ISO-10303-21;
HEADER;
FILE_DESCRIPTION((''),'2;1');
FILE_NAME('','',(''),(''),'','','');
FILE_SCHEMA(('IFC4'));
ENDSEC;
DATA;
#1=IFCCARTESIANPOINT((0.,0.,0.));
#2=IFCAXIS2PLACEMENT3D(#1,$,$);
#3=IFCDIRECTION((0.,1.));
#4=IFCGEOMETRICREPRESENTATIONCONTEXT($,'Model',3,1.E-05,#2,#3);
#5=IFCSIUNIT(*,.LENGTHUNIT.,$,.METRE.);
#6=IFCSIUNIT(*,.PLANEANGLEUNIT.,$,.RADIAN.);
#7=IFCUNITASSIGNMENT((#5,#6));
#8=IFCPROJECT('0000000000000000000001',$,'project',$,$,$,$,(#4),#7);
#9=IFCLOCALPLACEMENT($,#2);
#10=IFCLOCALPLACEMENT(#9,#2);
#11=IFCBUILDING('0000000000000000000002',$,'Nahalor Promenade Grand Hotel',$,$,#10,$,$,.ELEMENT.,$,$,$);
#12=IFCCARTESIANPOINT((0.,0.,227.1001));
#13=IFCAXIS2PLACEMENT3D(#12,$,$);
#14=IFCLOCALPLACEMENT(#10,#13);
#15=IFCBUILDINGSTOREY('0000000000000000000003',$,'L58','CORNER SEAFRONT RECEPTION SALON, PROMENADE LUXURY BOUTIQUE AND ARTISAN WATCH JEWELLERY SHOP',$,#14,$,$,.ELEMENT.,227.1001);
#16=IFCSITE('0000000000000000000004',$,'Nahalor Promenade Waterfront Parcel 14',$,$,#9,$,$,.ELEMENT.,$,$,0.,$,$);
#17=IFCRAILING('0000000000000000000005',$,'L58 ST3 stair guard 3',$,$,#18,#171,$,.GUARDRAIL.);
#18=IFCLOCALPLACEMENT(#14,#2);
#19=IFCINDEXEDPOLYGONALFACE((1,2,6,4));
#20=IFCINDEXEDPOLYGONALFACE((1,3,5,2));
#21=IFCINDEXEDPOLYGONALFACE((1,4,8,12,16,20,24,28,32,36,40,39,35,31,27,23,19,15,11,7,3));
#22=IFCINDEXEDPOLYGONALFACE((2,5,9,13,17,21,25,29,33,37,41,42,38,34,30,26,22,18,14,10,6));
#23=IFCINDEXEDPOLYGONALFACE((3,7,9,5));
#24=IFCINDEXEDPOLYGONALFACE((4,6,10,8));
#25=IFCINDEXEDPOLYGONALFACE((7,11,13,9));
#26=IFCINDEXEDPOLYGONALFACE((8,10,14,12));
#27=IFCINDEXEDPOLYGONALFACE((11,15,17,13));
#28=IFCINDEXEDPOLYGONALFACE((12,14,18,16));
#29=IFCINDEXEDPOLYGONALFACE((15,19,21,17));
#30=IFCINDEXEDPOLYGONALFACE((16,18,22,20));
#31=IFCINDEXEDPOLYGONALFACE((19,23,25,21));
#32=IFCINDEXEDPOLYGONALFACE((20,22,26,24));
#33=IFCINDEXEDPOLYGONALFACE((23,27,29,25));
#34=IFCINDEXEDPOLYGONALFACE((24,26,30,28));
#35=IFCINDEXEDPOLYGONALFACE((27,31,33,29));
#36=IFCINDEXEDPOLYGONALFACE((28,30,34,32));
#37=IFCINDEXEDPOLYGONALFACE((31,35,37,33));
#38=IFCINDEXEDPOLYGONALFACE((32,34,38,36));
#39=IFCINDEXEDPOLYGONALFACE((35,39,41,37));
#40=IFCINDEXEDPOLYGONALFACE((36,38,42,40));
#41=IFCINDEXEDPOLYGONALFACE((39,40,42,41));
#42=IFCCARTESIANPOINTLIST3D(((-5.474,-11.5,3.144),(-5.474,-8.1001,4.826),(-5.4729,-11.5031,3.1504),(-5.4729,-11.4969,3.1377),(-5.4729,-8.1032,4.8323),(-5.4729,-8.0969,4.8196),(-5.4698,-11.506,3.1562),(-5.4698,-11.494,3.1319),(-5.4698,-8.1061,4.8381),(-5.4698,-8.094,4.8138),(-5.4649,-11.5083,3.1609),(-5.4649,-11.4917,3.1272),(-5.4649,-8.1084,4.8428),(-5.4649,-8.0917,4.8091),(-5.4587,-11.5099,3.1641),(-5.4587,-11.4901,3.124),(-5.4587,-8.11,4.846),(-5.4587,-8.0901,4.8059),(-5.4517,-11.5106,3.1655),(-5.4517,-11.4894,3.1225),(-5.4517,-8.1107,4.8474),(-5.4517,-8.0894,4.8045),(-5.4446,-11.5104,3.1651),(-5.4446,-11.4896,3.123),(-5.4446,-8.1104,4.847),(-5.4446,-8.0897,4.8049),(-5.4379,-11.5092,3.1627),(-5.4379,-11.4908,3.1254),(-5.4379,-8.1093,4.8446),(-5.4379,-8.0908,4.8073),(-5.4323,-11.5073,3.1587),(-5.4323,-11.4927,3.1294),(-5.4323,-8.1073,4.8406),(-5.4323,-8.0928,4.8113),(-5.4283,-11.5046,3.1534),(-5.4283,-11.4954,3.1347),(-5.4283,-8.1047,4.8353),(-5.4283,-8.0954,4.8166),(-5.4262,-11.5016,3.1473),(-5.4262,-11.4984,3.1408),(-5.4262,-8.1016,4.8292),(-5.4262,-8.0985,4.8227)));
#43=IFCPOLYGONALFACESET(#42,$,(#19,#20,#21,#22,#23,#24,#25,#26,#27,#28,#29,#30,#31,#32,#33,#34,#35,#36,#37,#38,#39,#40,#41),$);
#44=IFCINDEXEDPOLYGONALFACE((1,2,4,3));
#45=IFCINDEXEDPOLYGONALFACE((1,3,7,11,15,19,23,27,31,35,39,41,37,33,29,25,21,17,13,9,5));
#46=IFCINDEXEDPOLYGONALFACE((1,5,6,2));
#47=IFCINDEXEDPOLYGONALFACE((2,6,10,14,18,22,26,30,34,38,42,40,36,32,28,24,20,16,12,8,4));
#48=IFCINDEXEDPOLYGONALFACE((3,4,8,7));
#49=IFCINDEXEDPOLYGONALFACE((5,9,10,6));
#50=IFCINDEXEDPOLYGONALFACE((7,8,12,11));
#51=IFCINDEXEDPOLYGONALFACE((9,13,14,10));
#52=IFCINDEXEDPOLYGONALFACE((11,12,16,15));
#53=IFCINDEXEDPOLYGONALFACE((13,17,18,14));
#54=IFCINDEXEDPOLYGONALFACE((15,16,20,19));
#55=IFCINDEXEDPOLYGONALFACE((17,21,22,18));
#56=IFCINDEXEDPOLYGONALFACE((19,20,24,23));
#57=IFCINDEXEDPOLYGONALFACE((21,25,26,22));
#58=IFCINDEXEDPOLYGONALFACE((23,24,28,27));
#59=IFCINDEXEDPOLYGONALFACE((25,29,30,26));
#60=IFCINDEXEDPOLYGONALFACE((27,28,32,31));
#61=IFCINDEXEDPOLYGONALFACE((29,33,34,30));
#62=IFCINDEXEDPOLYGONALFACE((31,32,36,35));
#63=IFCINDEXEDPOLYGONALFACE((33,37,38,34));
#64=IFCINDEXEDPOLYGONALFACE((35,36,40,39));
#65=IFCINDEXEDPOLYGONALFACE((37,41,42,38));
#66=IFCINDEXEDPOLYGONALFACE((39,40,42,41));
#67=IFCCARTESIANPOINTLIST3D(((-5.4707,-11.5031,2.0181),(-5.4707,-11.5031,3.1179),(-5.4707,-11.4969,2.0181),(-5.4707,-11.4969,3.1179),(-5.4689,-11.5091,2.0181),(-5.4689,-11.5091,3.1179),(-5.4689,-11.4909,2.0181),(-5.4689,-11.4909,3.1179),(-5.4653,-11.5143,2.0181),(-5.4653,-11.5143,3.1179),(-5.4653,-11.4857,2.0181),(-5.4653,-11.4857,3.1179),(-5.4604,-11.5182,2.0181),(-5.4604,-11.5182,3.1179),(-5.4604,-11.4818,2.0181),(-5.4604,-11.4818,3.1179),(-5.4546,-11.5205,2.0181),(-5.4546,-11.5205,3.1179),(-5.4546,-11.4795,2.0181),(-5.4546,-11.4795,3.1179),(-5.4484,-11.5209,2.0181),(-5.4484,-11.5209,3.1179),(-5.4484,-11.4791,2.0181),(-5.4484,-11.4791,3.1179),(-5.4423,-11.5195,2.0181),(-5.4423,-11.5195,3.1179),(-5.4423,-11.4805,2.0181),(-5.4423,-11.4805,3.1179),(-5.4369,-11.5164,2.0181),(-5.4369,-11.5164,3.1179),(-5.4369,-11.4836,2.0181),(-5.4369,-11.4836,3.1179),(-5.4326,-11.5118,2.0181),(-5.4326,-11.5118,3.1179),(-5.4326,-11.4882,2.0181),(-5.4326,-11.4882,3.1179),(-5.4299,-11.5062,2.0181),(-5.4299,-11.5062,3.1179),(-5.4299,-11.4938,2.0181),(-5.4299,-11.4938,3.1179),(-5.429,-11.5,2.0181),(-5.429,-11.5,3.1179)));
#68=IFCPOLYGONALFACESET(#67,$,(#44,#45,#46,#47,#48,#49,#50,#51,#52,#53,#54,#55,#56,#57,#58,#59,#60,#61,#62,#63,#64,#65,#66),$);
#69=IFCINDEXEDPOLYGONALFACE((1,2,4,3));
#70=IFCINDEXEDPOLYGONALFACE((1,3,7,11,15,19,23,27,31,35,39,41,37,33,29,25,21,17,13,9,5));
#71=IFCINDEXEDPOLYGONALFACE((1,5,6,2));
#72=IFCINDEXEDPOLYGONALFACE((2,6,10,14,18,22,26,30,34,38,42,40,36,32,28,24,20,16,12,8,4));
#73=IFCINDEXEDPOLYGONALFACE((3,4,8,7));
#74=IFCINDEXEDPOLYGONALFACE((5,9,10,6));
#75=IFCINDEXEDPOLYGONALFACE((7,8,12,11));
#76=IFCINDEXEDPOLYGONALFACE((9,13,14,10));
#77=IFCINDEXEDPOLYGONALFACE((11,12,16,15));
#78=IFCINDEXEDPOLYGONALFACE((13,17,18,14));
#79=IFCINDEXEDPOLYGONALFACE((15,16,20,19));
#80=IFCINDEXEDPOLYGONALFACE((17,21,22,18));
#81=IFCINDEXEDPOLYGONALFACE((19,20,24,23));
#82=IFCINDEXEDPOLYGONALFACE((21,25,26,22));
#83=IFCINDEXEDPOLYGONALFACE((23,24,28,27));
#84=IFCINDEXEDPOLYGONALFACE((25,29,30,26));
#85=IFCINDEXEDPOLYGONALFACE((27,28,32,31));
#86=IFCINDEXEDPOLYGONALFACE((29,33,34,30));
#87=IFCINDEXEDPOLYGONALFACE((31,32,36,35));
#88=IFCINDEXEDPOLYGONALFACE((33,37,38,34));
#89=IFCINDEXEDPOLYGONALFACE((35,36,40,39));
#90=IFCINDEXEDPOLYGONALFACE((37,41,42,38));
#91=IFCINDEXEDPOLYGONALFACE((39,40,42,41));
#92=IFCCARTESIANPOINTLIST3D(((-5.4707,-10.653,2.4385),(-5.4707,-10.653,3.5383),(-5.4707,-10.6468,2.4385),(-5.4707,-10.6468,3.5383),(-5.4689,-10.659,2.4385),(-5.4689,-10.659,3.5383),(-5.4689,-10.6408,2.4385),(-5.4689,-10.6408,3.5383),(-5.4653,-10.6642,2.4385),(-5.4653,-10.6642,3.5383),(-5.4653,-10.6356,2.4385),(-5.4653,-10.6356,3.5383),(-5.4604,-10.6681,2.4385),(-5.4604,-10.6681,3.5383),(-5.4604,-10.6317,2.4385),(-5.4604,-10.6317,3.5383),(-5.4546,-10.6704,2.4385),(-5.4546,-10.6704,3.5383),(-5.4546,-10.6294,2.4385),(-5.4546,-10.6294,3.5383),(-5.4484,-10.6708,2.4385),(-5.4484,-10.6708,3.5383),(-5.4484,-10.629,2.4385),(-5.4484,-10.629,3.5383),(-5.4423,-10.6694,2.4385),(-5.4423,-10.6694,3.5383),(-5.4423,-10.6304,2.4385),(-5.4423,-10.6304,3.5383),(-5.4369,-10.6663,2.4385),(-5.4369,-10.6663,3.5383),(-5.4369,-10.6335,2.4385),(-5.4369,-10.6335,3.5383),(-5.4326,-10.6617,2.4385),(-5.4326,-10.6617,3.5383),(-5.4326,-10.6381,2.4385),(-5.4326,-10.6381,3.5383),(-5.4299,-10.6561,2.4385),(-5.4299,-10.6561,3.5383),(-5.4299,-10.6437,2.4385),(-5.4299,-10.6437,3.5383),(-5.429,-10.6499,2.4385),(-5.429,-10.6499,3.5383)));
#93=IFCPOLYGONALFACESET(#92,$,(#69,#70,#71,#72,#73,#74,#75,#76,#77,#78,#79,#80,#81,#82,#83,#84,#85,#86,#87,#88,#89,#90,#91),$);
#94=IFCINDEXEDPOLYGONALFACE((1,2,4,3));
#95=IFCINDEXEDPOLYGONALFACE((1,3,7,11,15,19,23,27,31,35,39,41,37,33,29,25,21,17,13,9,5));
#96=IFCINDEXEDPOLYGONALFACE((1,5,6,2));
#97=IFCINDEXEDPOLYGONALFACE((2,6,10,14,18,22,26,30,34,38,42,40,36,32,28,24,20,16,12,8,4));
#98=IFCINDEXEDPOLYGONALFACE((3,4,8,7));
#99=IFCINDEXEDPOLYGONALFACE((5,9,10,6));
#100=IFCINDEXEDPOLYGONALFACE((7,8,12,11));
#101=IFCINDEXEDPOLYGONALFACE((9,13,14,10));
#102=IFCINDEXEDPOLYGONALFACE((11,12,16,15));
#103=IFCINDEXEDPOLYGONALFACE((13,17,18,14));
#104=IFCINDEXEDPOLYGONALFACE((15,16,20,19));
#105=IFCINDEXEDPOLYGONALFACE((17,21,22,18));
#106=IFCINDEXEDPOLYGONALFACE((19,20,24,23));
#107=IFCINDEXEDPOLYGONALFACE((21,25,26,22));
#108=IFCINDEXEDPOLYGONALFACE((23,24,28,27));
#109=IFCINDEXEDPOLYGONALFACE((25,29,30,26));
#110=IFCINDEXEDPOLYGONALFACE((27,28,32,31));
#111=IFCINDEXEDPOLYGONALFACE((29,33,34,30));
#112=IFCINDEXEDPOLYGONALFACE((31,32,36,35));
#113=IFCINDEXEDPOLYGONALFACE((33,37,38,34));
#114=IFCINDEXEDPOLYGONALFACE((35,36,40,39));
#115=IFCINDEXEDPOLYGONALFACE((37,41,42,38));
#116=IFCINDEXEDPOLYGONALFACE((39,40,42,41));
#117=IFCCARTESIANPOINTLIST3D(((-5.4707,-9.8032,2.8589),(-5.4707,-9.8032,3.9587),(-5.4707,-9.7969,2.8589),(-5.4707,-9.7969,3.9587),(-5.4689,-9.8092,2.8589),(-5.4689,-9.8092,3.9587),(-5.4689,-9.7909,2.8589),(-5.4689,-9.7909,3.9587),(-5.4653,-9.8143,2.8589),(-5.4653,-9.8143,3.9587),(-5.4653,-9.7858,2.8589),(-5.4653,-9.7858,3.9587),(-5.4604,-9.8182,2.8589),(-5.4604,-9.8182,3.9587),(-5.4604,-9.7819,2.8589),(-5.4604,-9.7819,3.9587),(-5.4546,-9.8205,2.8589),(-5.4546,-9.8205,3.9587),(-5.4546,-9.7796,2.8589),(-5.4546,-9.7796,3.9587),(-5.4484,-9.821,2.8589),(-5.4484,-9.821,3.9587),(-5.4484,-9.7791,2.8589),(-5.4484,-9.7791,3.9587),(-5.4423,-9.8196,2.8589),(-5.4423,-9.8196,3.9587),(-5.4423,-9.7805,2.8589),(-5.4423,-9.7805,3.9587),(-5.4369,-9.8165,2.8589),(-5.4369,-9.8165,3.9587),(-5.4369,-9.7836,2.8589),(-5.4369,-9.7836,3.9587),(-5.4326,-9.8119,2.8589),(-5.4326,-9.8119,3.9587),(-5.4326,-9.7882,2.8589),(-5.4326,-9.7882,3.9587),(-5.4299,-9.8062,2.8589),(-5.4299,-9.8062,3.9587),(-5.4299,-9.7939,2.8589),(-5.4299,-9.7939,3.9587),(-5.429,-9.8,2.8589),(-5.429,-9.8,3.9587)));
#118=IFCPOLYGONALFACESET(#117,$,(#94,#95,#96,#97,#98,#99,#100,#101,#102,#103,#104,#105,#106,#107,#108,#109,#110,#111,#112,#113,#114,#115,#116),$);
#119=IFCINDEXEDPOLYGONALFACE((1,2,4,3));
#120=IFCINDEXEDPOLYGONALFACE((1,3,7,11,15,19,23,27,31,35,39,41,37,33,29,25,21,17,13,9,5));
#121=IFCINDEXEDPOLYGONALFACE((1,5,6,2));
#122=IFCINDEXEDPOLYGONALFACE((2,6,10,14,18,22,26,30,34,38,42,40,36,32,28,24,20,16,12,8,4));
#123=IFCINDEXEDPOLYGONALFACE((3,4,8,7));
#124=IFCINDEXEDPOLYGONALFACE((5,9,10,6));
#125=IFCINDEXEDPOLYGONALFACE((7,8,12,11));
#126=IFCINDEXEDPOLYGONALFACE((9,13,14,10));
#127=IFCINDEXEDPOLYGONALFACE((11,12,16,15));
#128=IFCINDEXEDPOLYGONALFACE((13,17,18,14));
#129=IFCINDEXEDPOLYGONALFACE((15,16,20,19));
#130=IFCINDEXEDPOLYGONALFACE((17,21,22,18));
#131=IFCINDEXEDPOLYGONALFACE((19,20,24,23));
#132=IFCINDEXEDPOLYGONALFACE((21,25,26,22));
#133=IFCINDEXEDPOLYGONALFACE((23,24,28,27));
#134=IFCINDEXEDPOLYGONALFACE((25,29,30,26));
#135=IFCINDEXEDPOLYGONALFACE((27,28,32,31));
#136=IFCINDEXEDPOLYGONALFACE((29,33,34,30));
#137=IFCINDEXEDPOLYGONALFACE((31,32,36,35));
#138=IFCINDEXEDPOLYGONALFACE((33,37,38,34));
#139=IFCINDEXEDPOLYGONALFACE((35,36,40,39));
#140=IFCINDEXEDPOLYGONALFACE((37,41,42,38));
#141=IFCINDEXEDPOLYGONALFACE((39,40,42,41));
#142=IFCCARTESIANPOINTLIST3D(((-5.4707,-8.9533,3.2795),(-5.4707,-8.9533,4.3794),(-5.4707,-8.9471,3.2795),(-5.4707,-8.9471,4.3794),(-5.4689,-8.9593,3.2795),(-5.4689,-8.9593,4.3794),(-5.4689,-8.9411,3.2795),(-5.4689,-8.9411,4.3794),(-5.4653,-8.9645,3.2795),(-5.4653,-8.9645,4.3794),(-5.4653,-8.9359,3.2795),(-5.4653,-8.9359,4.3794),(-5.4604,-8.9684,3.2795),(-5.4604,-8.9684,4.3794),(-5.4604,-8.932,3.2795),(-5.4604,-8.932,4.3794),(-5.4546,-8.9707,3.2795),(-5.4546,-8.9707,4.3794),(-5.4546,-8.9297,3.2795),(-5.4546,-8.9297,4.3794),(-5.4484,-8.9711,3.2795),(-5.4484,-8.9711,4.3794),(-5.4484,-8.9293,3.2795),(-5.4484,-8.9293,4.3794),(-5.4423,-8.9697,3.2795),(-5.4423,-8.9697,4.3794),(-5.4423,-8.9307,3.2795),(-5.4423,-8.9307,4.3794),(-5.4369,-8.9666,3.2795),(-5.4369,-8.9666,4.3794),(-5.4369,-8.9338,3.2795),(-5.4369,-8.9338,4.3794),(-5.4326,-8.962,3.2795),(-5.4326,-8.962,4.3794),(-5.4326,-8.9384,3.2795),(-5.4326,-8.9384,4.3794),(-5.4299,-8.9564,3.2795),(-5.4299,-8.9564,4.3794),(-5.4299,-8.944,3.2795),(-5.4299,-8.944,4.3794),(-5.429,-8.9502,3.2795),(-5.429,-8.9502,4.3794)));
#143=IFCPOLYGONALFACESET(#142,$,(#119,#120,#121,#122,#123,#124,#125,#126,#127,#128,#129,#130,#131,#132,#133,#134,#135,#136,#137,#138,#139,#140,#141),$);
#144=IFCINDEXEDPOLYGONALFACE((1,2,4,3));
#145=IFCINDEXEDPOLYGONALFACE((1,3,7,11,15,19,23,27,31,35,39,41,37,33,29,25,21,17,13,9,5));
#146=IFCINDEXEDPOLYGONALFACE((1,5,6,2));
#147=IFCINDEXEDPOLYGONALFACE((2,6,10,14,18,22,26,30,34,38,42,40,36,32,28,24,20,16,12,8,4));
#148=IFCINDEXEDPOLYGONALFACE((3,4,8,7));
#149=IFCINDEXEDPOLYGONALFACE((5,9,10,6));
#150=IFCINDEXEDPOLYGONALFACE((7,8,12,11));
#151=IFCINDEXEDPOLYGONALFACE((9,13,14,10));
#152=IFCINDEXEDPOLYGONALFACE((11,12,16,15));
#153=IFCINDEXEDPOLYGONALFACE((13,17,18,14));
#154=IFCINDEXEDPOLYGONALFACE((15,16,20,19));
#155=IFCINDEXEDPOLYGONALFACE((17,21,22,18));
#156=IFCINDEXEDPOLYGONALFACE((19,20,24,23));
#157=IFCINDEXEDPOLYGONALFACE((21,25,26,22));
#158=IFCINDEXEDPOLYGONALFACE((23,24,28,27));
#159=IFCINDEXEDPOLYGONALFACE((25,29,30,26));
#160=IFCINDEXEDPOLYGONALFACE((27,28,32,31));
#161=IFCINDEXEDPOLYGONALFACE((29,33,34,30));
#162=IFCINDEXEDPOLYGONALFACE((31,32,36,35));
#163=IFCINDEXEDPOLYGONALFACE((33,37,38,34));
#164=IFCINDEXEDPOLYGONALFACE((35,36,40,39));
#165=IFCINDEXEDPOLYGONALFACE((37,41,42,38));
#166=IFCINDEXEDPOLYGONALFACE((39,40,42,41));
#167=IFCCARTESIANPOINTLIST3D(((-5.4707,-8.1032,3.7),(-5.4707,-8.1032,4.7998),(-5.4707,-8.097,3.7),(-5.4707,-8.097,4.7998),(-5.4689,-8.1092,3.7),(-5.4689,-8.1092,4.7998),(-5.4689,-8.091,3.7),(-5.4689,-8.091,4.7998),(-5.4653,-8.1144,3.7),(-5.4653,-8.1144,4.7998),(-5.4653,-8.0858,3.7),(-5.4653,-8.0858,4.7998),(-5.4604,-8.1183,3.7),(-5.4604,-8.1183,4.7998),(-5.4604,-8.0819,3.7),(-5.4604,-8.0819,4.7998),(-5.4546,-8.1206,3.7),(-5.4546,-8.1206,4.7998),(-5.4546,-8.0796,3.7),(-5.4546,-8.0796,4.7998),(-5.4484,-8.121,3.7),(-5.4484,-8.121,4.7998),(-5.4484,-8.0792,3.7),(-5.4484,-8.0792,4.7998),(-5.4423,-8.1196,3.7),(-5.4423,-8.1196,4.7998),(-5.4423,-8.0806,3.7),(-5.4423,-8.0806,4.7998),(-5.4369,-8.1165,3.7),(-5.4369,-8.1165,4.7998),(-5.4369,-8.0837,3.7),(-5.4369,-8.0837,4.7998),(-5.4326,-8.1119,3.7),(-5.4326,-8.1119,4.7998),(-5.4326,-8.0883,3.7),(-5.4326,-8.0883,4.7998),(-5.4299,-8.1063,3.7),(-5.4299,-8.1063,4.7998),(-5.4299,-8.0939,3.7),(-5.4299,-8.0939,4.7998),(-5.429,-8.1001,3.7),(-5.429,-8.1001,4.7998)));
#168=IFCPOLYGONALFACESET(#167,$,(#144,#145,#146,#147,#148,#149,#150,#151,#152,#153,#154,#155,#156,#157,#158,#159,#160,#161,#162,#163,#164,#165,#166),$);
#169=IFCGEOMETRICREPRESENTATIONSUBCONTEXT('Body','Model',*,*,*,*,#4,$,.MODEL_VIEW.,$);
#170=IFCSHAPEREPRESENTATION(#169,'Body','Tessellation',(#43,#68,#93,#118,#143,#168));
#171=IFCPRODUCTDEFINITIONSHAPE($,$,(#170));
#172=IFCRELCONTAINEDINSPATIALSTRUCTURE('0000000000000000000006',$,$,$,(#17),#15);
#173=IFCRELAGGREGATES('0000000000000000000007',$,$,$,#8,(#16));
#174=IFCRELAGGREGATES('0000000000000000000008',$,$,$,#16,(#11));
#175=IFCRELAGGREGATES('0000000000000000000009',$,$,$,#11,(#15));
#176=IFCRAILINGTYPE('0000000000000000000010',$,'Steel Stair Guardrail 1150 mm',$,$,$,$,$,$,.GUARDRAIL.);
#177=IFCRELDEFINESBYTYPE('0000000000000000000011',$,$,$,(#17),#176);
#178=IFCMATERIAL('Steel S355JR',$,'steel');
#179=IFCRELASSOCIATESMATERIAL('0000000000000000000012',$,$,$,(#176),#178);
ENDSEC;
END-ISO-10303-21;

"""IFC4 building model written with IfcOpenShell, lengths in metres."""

from ifc_helpers import new_model, si_unit, direction, frame, origin, origin_2d, place, context, subcontext, project, spatial, circle, extrude, material, type_object, element, save


model = new_model("IFC4")

# Units and contexts
model_context = context("Model", 3, precision=1e-05, world=origin(), true_north=direction((0.0, 1.0)))
body_context = subcontext(model_context, "Body", "Model", "MODEL_VIEW")
ifc_project = project(units=[si_unit("LENGTHUNIT", "METRE"), si_unit("PLANEANGLEUNIT", "RADIAN")], contexts=[model_context])

# Site, building, storey
site_placement = place(None, origin())
site = spatial("IfcSite", under=ifc_project, at=site_placement, Name="Nahalor Promenade Waterfront Parcel 14", CompositionType="ELEMENT", RefElevation=0.0)
building_placement = place(site_placement, origin())
building = spatial("IfcBuilding", under=site, at=building_placement, Name="Nahalor Promenade Grand Hotel", CompositionType="ELEMENT")
storey_placement = place(building_placement, frame((0.0, 0.0, 227.1001)))
storey = spatial("IfcBuildingStorey", under=building, at=storey_placement, Name="L58", Description="CORNER SEAFRONT RECEPTION SALON, PROMENADE LUXURY BOUTIQUE AND ARTISAN WATCH JEWELLERY SHOP", CompositionType="ELEMENT", Elevation=227.1001)

# Shared definitions
ifc_material_1 = material(Name="Steel S355JR", Category="steel")

# Railing
railing_type_1 = type_object("IfcRailingType", Name="Steel Stair Guardrail 1150 mm", PredefinedType="GUARDRAIL", material=ifc_material_1)
railing_1_placement = place(storey_placement, frame((-5.45, -11.5, 2.0181)))
element("IfcRailing", 1, at=railing_1_placement, inside=storey, type_object=railing_type_1, Name="L58 ST3 stair guard 3", PredefinedType="GUARDRAIL", context=body_context, shape_type="SweptSolid", body=[
    extrude(circle(Radius=0.024, at=origin_2d()), frame((0.0, 0.0, 1.126), z_axis=(0.0, 0.896324, 0.443399), x_axis=(-1.0, 0.0, 0.0)), (0.0, 0.0, 1.0), 3.7932),
    extrude(circle(Radius=0.021, at=origin_2d()), origin(), (0.0, 0.0, 1.0), 1.0999),
    extrude(circle(Radius=0.021, at=origin_2d()), frame((0.0, 0.8501, 0.4204)), (0.0, 0.0, 1.0), 1.0999),
    extrude(circle(Radius=0.021, at=origin_2d()), frame((0.0, 1.7, 0.8408)), (0.0, 0.0, 1.0), 1.0999),
    extrude(circle(Radius=0.021, at=origin_2d()), frame((0.0, 2.5498, 1.2615)), (0.0, 0.0, 1.0), 1.0999),
    extrude(circle(Radius=0.021, at=origin_2d()), frame((0.0, 3.3999, 1.6819)), (0.0, 0.0, 1.0), 1.0999),
])

save(model, "model.ifc")
